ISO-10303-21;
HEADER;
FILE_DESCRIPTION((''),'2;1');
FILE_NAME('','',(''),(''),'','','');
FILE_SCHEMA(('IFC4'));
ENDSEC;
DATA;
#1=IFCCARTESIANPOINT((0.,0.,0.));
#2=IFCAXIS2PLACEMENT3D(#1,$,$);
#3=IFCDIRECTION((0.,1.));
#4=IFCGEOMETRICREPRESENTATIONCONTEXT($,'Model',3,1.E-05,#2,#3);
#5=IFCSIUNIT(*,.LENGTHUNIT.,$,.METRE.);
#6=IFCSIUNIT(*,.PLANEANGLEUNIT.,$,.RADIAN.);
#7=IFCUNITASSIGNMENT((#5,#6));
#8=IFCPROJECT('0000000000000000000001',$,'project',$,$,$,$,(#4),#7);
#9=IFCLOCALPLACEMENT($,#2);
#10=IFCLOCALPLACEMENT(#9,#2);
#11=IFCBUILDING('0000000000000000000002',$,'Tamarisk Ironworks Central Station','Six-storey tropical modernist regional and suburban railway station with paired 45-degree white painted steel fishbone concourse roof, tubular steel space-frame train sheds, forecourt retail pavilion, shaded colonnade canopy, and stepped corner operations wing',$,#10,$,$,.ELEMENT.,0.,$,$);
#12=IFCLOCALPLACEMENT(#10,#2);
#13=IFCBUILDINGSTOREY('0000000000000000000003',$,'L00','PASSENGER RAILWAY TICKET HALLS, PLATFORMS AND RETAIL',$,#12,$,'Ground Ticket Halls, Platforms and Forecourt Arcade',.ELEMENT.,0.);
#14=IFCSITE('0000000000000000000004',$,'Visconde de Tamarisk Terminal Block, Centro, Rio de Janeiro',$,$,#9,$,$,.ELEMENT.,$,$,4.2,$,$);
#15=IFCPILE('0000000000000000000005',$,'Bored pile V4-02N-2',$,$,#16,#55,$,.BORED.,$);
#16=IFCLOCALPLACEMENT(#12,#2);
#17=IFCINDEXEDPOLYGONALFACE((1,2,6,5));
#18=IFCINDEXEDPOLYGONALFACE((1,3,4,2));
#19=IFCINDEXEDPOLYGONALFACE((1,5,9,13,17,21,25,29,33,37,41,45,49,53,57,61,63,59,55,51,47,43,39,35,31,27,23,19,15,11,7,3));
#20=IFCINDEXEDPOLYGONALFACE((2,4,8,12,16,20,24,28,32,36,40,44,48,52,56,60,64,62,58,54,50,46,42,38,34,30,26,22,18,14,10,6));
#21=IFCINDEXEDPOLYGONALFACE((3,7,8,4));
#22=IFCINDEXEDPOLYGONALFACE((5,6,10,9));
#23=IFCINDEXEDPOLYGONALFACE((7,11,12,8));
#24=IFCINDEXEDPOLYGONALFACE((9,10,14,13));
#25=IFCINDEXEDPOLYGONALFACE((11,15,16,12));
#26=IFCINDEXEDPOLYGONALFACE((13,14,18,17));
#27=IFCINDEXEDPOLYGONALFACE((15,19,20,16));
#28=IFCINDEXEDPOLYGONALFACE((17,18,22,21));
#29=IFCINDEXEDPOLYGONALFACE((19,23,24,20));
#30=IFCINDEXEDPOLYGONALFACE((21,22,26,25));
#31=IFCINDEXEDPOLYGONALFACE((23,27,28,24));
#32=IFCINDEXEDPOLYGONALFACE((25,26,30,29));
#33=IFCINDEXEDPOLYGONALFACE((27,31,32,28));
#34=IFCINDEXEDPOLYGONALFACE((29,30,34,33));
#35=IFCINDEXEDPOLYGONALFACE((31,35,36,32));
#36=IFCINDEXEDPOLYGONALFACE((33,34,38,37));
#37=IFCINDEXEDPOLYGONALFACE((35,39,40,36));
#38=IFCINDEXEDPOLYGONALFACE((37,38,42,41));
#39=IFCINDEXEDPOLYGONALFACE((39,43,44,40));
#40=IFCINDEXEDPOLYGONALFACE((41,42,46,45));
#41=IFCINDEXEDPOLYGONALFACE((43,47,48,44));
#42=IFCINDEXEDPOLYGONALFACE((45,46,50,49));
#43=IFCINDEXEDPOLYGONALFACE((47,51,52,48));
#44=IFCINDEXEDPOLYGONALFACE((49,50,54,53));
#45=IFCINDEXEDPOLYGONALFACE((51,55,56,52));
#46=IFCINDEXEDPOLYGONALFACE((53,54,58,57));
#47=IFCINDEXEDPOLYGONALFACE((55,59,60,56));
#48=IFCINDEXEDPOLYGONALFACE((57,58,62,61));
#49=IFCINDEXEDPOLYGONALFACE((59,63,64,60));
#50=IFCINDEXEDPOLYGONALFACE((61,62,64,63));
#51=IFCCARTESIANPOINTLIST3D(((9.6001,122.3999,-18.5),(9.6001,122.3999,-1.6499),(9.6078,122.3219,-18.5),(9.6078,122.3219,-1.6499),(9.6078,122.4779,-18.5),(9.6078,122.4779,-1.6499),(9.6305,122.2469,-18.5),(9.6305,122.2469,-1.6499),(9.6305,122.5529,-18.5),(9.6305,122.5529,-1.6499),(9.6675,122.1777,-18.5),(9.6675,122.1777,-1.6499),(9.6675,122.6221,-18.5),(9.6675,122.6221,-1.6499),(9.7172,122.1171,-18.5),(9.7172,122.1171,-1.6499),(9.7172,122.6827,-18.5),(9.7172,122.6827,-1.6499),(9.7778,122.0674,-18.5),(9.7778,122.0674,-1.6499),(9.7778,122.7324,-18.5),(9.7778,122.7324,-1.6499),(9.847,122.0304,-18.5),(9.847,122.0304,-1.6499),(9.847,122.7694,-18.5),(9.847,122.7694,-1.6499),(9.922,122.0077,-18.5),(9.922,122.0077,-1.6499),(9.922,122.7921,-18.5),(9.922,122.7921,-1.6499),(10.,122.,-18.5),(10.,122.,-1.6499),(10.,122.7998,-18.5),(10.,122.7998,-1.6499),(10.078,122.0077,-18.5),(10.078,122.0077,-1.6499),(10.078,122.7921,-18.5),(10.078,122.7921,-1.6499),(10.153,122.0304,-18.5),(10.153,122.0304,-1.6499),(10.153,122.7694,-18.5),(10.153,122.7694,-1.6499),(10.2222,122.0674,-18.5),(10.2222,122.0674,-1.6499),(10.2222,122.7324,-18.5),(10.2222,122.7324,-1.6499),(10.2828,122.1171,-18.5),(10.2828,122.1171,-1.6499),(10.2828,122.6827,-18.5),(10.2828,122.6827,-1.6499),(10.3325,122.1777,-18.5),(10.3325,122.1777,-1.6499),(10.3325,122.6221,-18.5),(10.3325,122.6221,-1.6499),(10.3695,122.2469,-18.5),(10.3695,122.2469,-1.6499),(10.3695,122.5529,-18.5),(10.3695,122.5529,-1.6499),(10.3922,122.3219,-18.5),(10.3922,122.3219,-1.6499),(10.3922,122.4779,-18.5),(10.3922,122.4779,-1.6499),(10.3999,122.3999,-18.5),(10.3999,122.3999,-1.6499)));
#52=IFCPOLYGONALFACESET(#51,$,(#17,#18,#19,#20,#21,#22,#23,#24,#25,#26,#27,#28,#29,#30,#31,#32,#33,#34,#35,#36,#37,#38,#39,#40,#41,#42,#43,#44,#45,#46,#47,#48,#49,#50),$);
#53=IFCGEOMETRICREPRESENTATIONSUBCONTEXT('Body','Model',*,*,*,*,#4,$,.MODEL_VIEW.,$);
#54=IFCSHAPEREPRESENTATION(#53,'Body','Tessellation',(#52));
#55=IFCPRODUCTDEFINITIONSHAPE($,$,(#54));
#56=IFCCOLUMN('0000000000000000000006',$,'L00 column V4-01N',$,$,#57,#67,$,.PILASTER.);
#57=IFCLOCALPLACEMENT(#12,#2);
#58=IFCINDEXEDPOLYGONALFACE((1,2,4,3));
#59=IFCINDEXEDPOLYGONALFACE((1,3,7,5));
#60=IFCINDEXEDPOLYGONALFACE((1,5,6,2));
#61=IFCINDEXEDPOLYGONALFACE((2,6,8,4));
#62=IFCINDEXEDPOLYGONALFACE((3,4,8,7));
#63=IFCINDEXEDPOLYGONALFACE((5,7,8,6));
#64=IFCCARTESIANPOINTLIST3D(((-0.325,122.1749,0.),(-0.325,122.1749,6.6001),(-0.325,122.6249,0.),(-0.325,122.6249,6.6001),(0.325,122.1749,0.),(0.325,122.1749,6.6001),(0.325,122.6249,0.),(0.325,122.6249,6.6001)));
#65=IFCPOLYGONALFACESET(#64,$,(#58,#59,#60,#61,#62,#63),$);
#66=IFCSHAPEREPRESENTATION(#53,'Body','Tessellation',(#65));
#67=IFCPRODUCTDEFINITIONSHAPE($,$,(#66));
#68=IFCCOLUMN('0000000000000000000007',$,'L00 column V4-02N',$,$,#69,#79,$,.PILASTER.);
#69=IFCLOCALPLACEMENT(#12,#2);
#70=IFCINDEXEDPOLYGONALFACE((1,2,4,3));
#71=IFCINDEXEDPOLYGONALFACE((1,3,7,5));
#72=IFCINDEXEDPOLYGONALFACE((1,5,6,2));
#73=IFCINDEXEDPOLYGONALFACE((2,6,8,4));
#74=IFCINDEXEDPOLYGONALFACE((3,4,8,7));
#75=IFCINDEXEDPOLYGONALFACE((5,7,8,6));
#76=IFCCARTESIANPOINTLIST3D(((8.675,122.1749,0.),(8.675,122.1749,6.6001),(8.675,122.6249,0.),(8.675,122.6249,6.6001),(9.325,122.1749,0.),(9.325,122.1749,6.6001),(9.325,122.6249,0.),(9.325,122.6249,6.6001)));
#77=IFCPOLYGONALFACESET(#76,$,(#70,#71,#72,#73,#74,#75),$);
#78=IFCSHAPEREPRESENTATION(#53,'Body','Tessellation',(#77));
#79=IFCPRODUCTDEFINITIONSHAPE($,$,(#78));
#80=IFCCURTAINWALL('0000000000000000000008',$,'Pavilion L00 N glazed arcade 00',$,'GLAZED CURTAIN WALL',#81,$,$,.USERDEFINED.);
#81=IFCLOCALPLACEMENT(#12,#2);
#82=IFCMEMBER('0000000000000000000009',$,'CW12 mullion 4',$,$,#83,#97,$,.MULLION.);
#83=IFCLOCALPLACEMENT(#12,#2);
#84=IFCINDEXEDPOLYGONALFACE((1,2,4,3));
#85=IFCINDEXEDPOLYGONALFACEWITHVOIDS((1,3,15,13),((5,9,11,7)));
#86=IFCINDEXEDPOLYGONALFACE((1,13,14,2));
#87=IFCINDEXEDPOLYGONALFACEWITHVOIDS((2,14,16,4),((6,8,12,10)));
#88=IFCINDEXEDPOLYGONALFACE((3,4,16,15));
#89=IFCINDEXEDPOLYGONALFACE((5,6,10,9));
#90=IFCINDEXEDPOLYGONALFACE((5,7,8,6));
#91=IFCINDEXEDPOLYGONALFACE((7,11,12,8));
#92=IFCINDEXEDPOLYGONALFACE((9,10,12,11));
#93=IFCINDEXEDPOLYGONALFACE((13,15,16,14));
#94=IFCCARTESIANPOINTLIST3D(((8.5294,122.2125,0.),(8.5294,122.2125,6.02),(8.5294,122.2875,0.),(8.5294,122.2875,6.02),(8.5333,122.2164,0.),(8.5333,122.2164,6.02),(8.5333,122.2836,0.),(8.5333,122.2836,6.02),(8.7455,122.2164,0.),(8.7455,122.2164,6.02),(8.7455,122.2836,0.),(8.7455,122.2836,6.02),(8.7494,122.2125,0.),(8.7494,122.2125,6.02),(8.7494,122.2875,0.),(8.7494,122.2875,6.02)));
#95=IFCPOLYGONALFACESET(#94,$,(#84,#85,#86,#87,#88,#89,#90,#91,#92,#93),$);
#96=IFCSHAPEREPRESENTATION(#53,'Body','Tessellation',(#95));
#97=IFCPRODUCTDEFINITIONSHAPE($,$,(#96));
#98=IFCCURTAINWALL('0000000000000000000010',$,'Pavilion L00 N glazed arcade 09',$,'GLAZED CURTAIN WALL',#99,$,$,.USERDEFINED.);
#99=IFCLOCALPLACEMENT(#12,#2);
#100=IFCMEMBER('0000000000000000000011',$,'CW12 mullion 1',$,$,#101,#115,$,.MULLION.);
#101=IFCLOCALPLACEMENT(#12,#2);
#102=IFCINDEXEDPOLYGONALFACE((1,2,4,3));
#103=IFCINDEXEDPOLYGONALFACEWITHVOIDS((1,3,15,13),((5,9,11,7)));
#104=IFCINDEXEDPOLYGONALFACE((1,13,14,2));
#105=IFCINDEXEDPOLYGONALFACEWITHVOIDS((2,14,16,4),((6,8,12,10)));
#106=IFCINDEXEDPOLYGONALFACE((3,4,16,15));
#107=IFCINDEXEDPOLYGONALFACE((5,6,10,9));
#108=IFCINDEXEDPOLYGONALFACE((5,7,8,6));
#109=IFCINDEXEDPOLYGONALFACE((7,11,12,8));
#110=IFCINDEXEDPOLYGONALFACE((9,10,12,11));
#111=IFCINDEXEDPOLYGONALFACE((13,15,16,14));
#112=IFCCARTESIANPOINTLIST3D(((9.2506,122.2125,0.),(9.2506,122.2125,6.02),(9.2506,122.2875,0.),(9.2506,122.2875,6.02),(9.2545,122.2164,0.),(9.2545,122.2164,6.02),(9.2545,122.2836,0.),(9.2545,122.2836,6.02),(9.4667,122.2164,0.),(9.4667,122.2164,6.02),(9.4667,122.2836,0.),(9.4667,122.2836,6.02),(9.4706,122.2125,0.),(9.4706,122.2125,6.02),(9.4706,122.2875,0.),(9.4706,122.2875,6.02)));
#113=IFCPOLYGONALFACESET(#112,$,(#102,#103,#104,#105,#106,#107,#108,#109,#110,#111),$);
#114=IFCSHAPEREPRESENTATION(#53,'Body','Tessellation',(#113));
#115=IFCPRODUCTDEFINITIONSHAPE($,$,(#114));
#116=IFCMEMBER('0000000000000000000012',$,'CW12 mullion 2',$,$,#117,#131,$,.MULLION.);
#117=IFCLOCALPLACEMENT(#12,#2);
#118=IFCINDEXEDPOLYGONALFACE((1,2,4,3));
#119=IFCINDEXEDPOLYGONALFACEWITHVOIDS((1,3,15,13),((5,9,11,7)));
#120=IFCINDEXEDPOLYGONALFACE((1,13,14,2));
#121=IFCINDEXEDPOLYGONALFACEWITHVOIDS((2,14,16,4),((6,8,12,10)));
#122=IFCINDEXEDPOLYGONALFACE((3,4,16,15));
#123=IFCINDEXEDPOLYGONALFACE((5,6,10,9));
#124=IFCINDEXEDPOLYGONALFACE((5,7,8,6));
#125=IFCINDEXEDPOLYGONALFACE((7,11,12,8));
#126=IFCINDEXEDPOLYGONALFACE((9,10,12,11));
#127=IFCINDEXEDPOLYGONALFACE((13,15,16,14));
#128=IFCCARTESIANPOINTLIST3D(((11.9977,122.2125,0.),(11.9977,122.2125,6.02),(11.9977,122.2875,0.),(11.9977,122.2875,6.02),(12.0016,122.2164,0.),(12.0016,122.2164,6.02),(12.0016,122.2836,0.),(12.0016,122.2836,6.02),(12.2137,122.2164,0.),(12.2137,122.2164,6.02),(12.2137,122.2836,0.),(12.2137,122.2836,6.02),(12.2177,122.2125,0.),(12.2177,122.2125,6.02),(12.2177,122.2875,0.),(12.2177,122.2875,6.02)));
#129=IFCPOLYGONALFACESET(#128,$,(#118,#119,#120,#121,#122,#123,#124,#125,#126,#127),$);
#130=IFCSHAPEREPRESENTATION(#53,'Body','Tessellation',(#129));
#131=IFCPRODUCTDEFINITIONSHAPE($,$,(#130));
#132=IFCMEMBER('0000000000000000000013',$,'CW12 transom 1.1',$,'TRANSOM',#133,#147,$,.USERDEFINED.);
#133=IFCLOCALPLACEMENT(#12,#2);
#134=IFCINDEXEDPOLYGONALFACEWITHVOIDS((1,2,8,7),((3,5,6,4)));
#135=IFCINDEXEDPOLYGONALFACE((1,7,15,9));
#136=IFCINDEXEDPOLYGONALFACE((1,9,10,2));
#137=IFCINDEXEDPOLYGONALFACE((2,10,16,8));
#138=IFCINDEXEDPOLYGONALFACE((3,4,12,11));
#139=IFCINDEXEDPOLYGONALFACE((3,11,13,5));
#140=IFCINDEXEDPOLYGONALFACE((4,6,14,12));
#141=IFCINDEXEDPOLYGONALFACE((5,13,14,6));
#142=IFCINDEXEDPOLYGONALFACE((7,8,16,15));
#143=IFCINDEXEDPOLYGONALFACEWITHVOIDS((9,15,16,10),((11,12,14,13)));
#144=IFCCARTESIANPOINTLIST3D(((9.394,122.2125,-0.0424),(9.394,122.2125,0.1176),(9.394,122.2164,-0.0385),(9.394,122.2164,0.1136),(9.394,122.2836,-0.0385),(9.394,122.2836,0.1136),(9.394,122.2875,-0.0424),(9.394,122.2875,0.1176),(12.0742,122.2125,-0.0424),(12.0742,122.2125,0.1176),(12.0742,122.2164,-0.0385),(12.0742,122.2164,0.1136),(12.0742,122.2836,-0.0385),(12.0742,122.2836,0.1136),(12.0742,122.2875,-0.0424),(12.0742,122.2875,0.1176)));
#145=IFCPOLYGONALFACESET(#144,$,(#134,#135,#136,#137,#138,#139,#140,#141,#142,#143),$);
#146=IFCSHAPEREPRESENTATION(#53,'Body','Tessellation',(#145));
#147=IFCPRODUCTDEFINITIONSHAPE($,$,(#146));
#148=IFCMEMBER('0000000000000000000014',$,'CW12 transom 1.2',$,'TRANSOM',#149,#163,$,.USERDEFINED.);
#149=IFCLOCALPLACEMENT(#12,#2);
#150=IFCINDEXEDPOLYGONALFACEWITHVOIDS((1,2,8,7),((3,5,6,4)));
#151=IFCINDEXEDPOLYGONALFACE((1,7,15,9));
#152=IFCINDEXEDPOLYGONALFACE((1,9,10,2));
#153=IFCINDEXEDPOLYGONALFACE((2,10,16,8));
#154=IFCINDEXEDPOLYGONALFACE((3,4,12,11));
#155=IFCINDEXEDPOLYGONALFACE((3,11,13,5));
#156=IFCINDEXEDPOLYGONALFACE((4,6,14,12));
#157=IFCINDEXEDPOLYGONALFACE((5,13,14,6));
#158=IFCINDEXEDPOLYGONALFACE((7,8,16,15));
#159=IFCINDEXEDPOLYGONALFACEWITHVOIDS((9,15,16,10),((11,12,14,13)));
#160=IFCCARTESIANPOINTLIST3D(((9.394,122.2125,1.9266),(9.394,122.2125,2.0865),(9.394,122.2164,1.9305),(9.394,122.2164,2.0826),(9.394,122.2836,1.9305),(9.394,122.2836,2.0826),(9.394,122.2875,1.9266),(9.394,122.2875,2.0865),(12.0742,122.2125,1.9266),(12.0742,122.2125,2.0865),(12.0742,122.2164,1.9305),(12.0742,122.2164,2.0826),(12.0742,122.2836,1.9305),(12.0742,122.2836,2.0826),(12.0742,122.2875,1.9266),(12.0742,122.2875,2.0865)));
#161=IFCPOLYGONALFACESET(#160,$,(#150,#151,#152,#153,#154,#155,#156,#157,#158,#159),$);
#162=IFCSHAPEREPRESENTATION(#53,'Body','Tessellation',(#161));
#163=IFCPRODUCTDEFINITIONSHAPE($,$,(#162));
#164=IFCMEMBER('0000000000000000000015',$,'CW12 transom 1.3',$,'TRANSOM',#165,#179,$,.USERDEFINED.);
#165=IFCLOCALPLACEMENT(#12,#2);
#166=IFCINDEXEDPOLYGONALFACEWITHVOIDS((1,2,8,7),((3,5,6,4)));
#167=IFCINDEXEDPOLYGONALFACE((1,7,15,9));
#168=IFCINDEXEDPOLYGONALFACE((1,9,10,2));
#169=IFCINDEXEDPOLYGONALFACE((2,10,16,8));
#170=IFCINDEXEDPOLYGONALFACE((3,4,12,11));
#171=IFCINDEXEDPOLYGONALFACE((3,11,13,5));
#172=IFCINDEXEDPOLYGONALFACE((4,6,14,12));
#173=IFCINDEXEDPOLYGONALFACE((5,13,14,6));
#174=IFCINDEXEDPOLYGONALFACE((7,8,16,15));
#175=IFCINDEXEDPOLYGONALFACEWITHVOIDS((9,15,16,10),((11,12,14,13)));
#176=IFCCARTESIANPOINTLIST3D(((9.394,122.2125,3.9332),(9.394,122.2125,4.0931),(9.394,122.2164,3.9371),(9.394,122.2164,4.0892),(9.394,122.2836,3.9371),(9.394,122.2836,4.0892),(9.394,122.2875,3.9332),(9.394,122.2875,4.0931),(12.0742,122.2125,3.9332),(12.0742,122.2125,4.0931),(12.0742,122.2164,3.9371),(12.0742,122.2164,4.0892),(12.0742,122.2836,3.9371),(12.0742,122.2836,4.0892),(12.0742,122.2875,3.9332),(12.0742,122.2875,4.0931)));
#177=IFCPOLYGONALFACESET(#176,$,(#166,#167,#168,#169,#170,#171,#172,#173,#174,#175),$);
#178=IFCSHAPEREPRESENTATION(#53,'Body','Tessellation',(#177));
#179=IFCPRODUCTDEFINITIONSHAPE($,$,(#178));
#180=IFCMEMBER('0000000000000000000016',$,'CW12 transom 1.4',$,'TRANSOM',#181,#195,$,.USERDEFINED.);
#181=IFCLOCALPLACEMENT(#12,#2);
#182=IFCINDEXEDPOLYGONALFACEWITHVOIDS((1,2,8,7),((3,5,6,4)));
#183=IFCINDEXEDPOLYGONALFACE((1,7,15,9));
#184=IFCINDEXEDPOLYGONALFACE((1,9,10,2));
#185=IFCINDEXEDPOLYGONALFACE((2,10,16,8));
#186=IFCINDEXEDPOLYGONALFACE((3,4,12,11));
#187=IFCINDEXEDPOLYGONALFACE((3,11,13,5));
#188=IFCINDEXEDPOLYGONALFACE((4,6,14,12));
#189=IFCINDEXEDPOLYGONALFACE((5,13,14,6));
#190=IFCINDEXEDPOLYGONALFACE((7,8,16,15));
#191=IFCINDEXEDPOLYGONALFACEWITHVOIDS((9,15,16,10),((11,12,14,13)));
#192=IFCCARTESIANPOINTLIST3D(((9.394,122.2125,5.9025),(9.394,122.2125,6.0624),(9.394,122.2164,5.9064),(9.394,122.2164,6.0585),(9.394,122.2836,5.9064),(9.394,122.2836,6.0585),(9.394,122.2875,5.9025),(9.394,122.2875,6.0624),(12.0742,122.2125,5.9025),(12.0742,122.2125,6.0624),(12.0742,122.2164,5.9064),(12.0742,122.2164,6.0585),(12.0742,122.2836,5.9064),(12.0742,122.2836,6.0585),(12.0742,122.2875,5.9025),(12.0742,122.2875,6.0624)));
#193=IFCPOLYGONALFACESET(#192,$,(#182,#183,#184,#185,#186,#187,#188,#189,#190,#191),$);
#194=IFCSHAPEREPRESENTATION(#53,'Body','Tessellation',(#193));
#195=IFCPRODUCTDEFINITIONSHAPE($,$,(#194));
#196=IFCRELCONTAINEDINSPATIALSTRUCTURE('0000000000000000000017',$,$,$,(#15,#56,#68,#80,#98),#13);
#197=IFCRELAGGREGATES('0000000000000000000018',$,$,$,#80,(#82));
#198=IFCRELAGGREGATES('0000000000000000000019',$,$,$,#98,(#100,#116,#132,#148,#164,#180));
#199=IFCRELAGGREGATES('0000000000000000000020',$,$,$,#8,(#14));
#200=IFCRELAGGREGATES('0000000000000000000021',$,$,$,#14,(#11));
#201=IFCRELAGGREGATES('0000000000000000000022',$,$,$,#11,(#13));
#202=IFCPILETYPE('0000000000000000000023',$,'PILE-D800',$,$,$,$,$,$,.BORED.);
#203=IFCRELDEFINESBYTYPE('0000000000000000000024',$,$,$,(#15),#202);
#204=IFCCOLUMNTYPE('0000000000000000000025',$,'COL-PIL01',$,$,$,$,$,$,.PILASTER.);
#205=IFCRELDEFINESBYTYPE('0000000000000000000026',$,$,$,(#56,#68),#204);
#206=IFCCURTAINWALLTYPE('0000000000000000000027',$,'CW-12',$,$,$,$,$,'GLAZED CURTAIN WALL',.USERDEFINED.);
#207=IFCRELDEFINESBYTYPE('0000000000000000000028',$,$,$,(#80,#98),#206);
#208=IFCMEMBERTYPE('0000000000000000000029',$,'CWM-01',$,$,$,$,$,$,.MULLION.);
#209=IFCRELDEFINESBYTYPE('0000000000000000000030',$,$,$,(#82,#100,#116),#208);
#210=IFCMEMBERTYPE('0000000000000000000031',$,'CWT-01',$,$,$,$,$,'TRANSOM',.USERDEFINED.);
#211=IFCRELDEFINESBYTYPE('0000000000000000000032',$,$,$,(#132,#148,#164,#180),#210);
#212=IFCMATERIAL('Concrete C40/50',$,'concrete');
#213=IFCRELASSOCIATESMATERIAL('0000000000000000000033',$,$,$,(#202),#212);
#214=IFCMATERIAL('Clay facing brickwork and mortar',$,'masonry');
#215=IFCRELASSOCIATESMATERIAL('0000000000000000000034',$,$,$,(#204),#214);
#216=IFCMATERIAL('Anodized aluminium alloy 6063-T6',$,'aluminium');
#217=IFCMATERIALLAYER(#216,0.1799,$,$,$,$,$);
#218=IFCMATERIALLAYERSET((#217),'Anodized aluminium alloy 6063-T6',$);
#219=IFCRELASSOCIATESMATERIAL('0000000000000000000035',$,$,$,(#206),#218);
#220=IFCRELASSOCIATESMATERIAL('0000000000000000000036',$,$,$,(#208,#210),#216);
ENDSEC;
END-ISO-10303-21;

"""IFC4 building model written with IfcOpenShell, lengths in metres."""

from ifc_helpers import new_model, si_unit, direction, frame, origin, origin_2d, place, context, subcontext, project, spatial, rectangle, hollow_rectangle, circle, extrude, material, layer, layer_set, material_profile, profile_set, type_object, element, aggregate, save


model = new_model("IFC4")

# Units and contexts
model_context = context("Model", 3, precision=1e-05, world=origin(), true_north=direction((0.0, 1.0)))
body_context = subcontext(model_context, "Body", "Model", "MODEL_VIEW")
ifc_project = project(units=[si_unit("LENGTHUNIT", "METRE"), si_unit("PLANEANGLEUNIT", "RADIAN")], contexts=[model_context])

# Site, building, storey
site_placement = place(None, origin())
site = spatial("IfcSite", under=ifc_project, at=site_placement, Name="Visconde de Tamarisk Terminal Block, Centro, Rio de Janeiro", CompositionType="ELEMENT", RefElevation=4.2)
building_placement = place(site_placement, origin())
building = spatial("IfcBuilding", under=site, at=building_placement, Name="Tamarisk Ironworks Central Station", Description="Six-storey tropical modernist regional and suburban railway station with paired 45-degree white painted steel fishbone concourse roof, tubular steel space-frame train sheds, forecourt retail pavilion, shaded colonnade canopy, and stepped corner operations wing", CompositionType="ELEMENT", ElevationOfRefHeight=0.0)
storey_placement = place(building_placement, origin())
storey = spatial("IfcBuildingStorey", under=building, at=storey_placement, Name="L00", Description="PASSENGER RAILWAY TICKET HALLS, PLATFORMS AND RETAIL", LongName="Ground Ticket Halls, Platforms and Forecourt Arcade", CompositionType="ELEMENT", Elevation=0.0)

# Shared definitions
ifc_material_1 = material(Name="Concrete C40/50", Category="concrete")

# Pile
ifc_material_profile_1 = material_profile(ifc_material_1, circle(Radius=0.3999, at=origin_2d()), Name="BORED PILE D800")
ifc_profile_set_1 = profile_set([ifc_material_profile_1], Name="Concrete C40/50")
pile_type = type_object("IfcPileType", Name="PILE-D800", PredefinedType="BORED", material=ifc_profile_set_1)
for number, where, z_axis, x_axis, name in (
    (1, (10.0, 122.3999, -1.6499), (0.0, 0.0, -1.0), (1.0, 0.0, 0.0), "Bored pile V4-02N-2"),
):
    element("IfcPile", number, at=place(storey_placement, frame(where, z_axis=z_axis, x_axis=x_axis)), inside=storey, type_object=pile_type, Name=name, PredefinedType="BORED", context=body_context, shape_type="SweptSolid", body=[
        extrude(circle(Radius=0.3999, at=origin_2d()), origin(), (0.0, 0.0, 1.0), 16.8501),
    ])

# Columns
ifc_material_2 = material(Name="Clay facing brickwork and mortar", Category="masonry")
ifc_material_profile_2 = material_profile(ifc_material_2, rectangle(XDim=0.6499, YDim=0.45, at=origin_2d()), Name="PIL 650x450")
ifc_profile_set_2 = profile_set([ifc_material_profile_2], Name="Clay facing brickwork and mortar")
column_type = type_object("IfcColumnType", Name="COL-PIL01", PredefinedType="PILASTER", material=ifc_profile_set_2)
for number, where, z_axis, x_axis, name in (
    (2, (0.0, 122.3999, 0.0), (0.0, 0.0, 1.0), (1.0, 0.0, 0.0), "L00 column V4-01N"),
    (3, (9.0, 122.3999, 0.0), (0.0, 0.0, 1.0), (1.0, 0.0, 0.0), "L00 column V4-02N"),
):
    element("IfcColumn", number, at=place(storey_placement, frame(where, z_axis=z_axis, x_axis=x_axis)), inside=storey, type_object=column_type, Name=name, PredefinedType="PILASTER", context=body_context, shape_type="SweptSolid", body=[
        extrude(rectangle(XDim=0.6499, YDim=0.45, at=origin_2d()), origin(), (0.0, 0.0, 1.0), 6.6001),
    ])

# Curtain wall, member
ifc_material_3 = material(Name="Anodized aluminium alloy 6063-T6", Category="aluminium")
ifc_layer_1 = layer(ifc_material_3, 0.1799)
ifc_layer_set_1 = layer_set([ifc_layer_1], Name="Anodized aluminium alloy 6063-T6")
curtain_wall_type = type_object("IfcCurtainWallType", Name="CW-12", ElementType="GLAZED CURTAIN WALL", PredefinedType="USERDEFINED", material=ifc_layer_set_1)
curtain_wall_1_placement = place(storey_placement, origin())
curtain_wall_1 = element("IfcCurtainWall", 4, at=curtain_wall_1_placement, inside=storey, type_object=curtain_wall_type, Name="Pavilion L00 N glazed arcade 00", ObjectType="GLAZED CURTAIN WALL", PredefinedType="USERDEFINED")
ifc_material_profile_3 = material_profile(ifc_material_3, hollow_rectangle(XDim=0.075, YDim=0.22, WallThickness=0.0039, at=origin_2d()), Name="ALUM 220x75")
ifc_profile_set_3 = profile_set([ifc_material_profile_3], Name="Anodized aluminium alloy 6063-T6")
member_type_1 = type_object("IfcMemberType", Name="CWM-01", PredefinedType="MULLION", material=ifc_profile_set_3)
member_1_placement = place(storey_placement, frame((8.6394, 122.25, 0.0), z_axis=(0.0, 0.0, 1.0), x_axis=(0.0, 1.0, 0.0)))
member_1 = element("IfcMember", 5, at=member_1_placement, type_object=member_type_1, Name="CW12 mullion 4", PredefinedType="MULLION", context=body_context, shape_type="SweptSolid", body=[
    extrude(hollow_rectangle(XDim=0.075, YDim=0.22, WallThickness=0.0039, at=origin_2d()), origin(), (0.0, 0.0, 1.0), 6.02),
])

# Curtain wall, members
curtain_wall_2_placement = place(storey_placement, origin())
curtain_wall_2 = element("IfcCurtainWall", 6, at=curtain_wall_2_placement, inside=storey, type_object=curtain_wall_type, Name="Pavilion L00 N glazed arcade 09", ObjectType="GLAZED CURTAIN WALL", PredefinedType="USERDEFINED")
member_2_placement = place(storey_placement, frame((9.3606, 122.25, 0.0), z_axis=(0.0, 0.0, 1.0), x_axis=(0.0, 1.0, 0.0)))
member_2 = element("IfcMember", 7, at=member_2_placement, type_object=member_type_1, Name="CW12 mullion 1", PredefinedType="MULLION", context=body_context, shape_type="SweptSolid", body=[
    extrude(hollow_rectangle(XDim=0.075, YDim=0.22, WallThickness=0.0039, at=origin_2d()), origin(), (0.0, 0.0, 1.0), 6.02),
])
member_3_placement = place(storey_placement, frame((12.1077, 122.25, 0.0), z_axis=(0.0, 0.0, 1.0), x_axis=(0.0, 1.0, 0.0)))
member_3 = element("IfcMember", 8, at=member_3_placement, type_object=member_type_1, Name="CW12 mullion 2", PredefinedType="MULLION", context=body_context, shape_type="SweptSolid", body=[
    extrude(hollow_rectangle(XDim=0.075, YDim=0.22, WallThickness=0.0039, at=origin_2d()), origin(), (0.0, 0.0, 1.0), 6.02),
])
ifc_material_profile_4 = material_profile(ifc_material_3, hollow_rectangle(XDim=0.075, YDim=0.1599, WallThickness=0.0039, at=origin_2d()), Name="ALUM 160x75")
ifc_profile_set_4 = profile_set([ifc_material_profile_4], Name="Anodized aluminium alloy 6063-T6")
member_type_2 = type_object("IfcMemberType", Name="CWT-01", ElementType="TRANSOM", PredefinedType="USERDEFINED", material=ifc_profile_set_4)
member_4_placement = place(storey_placement, frame((9.394, 122.25, 0.0376), z_axis=(1.0, 0.0, 0.0), x_axis=(0.0, 1.0, 0.0)))
member_4 = element("IfcMember", 9, at=member_4_placement, type_object=member_type_2, Name="CW12 transom 1.1", ObjectType="TRANSOM", PredefinedType="USERDEFINED", context=body_context, shape_type="SweptSolid", body=[
    extrude(hollow_rectangle(XDim=0.075, YDim=0.1599, WallThickness=0.0039, at=origin_2d()), origin(), (0.0, 0.0, 1.0), 2.6802),
])
member_5_placement = place(storey_placement, frame((9.394, 122.25, 2.0066), z_axis=(1.0, 0.0, 0.0), x_axis=(0.0, 1.0, 0.0)))
member_5 = element("IfcMember", 10, at=member_5_placement, type_object=member_type_2, Name="CW12 transom 1.2", ObjectType="TRANSOM", PredefinedType="USERDEFINED", context=body_context, shape_type="SweptSolid", body=[
    extrude(hollow_rectangle(XDim=0.075, YDim=0.1599, WallThickness=0.0039, at=origin_2d()), origin(), (0.0, 0.0, 1.0), 2.6802),
])
member_6_placement = place(storey_placement, frame((9.394, 122.25, 4.0132), z_axis=(1.0, 0.0, 0.0), x_axis=(0.0, 1.0, 0.0)))
member_6 = element("IfcMember", 11, at=member_6_placement, type_object=member_type_2, Name="CW12 transom 1.3", ObjectType="TRANSOM", PredefinedType="USERDEFINED", context=body_context, shape_type="SweptSolid", body=[
    extrude(hollow_rectangle(XDim=0.075, YDim=0.1599, WallThickness=0.0039, at=origin_2d()), origin(), (0.0, 0.0, 1.0), 2.6802),
])
member_7_placement = place(storey_placement, frame((9.394, 122.25, 5.9824), z_axis=(1.0, 0.0, 0.0), x_axis=(0.0, 1.0, 0.0)))
member_7 = element("IfcMember", 12, at=member_7_placement, type_object=member_type_2, Name="CW12 transom 1.4", ObjectType="TRANSOM", PredefinedType="USERDEFINED", context=body_context, shape_type="SweptSolid", body=[
    extrude(hollow_rectangle(XDim=0.075, YDim=0.1599, WallThickness=0.0039, at=origin_2d()), origin(), (0.0, 0.0, 1.0), 2.6802),
])

aggregate(curtain_wall_1, [member_1])
aggregate(curtain_wall_2, [member_2, member_3, member_4, member_5, member_6, member_7])

save(model, "model.ifc")
